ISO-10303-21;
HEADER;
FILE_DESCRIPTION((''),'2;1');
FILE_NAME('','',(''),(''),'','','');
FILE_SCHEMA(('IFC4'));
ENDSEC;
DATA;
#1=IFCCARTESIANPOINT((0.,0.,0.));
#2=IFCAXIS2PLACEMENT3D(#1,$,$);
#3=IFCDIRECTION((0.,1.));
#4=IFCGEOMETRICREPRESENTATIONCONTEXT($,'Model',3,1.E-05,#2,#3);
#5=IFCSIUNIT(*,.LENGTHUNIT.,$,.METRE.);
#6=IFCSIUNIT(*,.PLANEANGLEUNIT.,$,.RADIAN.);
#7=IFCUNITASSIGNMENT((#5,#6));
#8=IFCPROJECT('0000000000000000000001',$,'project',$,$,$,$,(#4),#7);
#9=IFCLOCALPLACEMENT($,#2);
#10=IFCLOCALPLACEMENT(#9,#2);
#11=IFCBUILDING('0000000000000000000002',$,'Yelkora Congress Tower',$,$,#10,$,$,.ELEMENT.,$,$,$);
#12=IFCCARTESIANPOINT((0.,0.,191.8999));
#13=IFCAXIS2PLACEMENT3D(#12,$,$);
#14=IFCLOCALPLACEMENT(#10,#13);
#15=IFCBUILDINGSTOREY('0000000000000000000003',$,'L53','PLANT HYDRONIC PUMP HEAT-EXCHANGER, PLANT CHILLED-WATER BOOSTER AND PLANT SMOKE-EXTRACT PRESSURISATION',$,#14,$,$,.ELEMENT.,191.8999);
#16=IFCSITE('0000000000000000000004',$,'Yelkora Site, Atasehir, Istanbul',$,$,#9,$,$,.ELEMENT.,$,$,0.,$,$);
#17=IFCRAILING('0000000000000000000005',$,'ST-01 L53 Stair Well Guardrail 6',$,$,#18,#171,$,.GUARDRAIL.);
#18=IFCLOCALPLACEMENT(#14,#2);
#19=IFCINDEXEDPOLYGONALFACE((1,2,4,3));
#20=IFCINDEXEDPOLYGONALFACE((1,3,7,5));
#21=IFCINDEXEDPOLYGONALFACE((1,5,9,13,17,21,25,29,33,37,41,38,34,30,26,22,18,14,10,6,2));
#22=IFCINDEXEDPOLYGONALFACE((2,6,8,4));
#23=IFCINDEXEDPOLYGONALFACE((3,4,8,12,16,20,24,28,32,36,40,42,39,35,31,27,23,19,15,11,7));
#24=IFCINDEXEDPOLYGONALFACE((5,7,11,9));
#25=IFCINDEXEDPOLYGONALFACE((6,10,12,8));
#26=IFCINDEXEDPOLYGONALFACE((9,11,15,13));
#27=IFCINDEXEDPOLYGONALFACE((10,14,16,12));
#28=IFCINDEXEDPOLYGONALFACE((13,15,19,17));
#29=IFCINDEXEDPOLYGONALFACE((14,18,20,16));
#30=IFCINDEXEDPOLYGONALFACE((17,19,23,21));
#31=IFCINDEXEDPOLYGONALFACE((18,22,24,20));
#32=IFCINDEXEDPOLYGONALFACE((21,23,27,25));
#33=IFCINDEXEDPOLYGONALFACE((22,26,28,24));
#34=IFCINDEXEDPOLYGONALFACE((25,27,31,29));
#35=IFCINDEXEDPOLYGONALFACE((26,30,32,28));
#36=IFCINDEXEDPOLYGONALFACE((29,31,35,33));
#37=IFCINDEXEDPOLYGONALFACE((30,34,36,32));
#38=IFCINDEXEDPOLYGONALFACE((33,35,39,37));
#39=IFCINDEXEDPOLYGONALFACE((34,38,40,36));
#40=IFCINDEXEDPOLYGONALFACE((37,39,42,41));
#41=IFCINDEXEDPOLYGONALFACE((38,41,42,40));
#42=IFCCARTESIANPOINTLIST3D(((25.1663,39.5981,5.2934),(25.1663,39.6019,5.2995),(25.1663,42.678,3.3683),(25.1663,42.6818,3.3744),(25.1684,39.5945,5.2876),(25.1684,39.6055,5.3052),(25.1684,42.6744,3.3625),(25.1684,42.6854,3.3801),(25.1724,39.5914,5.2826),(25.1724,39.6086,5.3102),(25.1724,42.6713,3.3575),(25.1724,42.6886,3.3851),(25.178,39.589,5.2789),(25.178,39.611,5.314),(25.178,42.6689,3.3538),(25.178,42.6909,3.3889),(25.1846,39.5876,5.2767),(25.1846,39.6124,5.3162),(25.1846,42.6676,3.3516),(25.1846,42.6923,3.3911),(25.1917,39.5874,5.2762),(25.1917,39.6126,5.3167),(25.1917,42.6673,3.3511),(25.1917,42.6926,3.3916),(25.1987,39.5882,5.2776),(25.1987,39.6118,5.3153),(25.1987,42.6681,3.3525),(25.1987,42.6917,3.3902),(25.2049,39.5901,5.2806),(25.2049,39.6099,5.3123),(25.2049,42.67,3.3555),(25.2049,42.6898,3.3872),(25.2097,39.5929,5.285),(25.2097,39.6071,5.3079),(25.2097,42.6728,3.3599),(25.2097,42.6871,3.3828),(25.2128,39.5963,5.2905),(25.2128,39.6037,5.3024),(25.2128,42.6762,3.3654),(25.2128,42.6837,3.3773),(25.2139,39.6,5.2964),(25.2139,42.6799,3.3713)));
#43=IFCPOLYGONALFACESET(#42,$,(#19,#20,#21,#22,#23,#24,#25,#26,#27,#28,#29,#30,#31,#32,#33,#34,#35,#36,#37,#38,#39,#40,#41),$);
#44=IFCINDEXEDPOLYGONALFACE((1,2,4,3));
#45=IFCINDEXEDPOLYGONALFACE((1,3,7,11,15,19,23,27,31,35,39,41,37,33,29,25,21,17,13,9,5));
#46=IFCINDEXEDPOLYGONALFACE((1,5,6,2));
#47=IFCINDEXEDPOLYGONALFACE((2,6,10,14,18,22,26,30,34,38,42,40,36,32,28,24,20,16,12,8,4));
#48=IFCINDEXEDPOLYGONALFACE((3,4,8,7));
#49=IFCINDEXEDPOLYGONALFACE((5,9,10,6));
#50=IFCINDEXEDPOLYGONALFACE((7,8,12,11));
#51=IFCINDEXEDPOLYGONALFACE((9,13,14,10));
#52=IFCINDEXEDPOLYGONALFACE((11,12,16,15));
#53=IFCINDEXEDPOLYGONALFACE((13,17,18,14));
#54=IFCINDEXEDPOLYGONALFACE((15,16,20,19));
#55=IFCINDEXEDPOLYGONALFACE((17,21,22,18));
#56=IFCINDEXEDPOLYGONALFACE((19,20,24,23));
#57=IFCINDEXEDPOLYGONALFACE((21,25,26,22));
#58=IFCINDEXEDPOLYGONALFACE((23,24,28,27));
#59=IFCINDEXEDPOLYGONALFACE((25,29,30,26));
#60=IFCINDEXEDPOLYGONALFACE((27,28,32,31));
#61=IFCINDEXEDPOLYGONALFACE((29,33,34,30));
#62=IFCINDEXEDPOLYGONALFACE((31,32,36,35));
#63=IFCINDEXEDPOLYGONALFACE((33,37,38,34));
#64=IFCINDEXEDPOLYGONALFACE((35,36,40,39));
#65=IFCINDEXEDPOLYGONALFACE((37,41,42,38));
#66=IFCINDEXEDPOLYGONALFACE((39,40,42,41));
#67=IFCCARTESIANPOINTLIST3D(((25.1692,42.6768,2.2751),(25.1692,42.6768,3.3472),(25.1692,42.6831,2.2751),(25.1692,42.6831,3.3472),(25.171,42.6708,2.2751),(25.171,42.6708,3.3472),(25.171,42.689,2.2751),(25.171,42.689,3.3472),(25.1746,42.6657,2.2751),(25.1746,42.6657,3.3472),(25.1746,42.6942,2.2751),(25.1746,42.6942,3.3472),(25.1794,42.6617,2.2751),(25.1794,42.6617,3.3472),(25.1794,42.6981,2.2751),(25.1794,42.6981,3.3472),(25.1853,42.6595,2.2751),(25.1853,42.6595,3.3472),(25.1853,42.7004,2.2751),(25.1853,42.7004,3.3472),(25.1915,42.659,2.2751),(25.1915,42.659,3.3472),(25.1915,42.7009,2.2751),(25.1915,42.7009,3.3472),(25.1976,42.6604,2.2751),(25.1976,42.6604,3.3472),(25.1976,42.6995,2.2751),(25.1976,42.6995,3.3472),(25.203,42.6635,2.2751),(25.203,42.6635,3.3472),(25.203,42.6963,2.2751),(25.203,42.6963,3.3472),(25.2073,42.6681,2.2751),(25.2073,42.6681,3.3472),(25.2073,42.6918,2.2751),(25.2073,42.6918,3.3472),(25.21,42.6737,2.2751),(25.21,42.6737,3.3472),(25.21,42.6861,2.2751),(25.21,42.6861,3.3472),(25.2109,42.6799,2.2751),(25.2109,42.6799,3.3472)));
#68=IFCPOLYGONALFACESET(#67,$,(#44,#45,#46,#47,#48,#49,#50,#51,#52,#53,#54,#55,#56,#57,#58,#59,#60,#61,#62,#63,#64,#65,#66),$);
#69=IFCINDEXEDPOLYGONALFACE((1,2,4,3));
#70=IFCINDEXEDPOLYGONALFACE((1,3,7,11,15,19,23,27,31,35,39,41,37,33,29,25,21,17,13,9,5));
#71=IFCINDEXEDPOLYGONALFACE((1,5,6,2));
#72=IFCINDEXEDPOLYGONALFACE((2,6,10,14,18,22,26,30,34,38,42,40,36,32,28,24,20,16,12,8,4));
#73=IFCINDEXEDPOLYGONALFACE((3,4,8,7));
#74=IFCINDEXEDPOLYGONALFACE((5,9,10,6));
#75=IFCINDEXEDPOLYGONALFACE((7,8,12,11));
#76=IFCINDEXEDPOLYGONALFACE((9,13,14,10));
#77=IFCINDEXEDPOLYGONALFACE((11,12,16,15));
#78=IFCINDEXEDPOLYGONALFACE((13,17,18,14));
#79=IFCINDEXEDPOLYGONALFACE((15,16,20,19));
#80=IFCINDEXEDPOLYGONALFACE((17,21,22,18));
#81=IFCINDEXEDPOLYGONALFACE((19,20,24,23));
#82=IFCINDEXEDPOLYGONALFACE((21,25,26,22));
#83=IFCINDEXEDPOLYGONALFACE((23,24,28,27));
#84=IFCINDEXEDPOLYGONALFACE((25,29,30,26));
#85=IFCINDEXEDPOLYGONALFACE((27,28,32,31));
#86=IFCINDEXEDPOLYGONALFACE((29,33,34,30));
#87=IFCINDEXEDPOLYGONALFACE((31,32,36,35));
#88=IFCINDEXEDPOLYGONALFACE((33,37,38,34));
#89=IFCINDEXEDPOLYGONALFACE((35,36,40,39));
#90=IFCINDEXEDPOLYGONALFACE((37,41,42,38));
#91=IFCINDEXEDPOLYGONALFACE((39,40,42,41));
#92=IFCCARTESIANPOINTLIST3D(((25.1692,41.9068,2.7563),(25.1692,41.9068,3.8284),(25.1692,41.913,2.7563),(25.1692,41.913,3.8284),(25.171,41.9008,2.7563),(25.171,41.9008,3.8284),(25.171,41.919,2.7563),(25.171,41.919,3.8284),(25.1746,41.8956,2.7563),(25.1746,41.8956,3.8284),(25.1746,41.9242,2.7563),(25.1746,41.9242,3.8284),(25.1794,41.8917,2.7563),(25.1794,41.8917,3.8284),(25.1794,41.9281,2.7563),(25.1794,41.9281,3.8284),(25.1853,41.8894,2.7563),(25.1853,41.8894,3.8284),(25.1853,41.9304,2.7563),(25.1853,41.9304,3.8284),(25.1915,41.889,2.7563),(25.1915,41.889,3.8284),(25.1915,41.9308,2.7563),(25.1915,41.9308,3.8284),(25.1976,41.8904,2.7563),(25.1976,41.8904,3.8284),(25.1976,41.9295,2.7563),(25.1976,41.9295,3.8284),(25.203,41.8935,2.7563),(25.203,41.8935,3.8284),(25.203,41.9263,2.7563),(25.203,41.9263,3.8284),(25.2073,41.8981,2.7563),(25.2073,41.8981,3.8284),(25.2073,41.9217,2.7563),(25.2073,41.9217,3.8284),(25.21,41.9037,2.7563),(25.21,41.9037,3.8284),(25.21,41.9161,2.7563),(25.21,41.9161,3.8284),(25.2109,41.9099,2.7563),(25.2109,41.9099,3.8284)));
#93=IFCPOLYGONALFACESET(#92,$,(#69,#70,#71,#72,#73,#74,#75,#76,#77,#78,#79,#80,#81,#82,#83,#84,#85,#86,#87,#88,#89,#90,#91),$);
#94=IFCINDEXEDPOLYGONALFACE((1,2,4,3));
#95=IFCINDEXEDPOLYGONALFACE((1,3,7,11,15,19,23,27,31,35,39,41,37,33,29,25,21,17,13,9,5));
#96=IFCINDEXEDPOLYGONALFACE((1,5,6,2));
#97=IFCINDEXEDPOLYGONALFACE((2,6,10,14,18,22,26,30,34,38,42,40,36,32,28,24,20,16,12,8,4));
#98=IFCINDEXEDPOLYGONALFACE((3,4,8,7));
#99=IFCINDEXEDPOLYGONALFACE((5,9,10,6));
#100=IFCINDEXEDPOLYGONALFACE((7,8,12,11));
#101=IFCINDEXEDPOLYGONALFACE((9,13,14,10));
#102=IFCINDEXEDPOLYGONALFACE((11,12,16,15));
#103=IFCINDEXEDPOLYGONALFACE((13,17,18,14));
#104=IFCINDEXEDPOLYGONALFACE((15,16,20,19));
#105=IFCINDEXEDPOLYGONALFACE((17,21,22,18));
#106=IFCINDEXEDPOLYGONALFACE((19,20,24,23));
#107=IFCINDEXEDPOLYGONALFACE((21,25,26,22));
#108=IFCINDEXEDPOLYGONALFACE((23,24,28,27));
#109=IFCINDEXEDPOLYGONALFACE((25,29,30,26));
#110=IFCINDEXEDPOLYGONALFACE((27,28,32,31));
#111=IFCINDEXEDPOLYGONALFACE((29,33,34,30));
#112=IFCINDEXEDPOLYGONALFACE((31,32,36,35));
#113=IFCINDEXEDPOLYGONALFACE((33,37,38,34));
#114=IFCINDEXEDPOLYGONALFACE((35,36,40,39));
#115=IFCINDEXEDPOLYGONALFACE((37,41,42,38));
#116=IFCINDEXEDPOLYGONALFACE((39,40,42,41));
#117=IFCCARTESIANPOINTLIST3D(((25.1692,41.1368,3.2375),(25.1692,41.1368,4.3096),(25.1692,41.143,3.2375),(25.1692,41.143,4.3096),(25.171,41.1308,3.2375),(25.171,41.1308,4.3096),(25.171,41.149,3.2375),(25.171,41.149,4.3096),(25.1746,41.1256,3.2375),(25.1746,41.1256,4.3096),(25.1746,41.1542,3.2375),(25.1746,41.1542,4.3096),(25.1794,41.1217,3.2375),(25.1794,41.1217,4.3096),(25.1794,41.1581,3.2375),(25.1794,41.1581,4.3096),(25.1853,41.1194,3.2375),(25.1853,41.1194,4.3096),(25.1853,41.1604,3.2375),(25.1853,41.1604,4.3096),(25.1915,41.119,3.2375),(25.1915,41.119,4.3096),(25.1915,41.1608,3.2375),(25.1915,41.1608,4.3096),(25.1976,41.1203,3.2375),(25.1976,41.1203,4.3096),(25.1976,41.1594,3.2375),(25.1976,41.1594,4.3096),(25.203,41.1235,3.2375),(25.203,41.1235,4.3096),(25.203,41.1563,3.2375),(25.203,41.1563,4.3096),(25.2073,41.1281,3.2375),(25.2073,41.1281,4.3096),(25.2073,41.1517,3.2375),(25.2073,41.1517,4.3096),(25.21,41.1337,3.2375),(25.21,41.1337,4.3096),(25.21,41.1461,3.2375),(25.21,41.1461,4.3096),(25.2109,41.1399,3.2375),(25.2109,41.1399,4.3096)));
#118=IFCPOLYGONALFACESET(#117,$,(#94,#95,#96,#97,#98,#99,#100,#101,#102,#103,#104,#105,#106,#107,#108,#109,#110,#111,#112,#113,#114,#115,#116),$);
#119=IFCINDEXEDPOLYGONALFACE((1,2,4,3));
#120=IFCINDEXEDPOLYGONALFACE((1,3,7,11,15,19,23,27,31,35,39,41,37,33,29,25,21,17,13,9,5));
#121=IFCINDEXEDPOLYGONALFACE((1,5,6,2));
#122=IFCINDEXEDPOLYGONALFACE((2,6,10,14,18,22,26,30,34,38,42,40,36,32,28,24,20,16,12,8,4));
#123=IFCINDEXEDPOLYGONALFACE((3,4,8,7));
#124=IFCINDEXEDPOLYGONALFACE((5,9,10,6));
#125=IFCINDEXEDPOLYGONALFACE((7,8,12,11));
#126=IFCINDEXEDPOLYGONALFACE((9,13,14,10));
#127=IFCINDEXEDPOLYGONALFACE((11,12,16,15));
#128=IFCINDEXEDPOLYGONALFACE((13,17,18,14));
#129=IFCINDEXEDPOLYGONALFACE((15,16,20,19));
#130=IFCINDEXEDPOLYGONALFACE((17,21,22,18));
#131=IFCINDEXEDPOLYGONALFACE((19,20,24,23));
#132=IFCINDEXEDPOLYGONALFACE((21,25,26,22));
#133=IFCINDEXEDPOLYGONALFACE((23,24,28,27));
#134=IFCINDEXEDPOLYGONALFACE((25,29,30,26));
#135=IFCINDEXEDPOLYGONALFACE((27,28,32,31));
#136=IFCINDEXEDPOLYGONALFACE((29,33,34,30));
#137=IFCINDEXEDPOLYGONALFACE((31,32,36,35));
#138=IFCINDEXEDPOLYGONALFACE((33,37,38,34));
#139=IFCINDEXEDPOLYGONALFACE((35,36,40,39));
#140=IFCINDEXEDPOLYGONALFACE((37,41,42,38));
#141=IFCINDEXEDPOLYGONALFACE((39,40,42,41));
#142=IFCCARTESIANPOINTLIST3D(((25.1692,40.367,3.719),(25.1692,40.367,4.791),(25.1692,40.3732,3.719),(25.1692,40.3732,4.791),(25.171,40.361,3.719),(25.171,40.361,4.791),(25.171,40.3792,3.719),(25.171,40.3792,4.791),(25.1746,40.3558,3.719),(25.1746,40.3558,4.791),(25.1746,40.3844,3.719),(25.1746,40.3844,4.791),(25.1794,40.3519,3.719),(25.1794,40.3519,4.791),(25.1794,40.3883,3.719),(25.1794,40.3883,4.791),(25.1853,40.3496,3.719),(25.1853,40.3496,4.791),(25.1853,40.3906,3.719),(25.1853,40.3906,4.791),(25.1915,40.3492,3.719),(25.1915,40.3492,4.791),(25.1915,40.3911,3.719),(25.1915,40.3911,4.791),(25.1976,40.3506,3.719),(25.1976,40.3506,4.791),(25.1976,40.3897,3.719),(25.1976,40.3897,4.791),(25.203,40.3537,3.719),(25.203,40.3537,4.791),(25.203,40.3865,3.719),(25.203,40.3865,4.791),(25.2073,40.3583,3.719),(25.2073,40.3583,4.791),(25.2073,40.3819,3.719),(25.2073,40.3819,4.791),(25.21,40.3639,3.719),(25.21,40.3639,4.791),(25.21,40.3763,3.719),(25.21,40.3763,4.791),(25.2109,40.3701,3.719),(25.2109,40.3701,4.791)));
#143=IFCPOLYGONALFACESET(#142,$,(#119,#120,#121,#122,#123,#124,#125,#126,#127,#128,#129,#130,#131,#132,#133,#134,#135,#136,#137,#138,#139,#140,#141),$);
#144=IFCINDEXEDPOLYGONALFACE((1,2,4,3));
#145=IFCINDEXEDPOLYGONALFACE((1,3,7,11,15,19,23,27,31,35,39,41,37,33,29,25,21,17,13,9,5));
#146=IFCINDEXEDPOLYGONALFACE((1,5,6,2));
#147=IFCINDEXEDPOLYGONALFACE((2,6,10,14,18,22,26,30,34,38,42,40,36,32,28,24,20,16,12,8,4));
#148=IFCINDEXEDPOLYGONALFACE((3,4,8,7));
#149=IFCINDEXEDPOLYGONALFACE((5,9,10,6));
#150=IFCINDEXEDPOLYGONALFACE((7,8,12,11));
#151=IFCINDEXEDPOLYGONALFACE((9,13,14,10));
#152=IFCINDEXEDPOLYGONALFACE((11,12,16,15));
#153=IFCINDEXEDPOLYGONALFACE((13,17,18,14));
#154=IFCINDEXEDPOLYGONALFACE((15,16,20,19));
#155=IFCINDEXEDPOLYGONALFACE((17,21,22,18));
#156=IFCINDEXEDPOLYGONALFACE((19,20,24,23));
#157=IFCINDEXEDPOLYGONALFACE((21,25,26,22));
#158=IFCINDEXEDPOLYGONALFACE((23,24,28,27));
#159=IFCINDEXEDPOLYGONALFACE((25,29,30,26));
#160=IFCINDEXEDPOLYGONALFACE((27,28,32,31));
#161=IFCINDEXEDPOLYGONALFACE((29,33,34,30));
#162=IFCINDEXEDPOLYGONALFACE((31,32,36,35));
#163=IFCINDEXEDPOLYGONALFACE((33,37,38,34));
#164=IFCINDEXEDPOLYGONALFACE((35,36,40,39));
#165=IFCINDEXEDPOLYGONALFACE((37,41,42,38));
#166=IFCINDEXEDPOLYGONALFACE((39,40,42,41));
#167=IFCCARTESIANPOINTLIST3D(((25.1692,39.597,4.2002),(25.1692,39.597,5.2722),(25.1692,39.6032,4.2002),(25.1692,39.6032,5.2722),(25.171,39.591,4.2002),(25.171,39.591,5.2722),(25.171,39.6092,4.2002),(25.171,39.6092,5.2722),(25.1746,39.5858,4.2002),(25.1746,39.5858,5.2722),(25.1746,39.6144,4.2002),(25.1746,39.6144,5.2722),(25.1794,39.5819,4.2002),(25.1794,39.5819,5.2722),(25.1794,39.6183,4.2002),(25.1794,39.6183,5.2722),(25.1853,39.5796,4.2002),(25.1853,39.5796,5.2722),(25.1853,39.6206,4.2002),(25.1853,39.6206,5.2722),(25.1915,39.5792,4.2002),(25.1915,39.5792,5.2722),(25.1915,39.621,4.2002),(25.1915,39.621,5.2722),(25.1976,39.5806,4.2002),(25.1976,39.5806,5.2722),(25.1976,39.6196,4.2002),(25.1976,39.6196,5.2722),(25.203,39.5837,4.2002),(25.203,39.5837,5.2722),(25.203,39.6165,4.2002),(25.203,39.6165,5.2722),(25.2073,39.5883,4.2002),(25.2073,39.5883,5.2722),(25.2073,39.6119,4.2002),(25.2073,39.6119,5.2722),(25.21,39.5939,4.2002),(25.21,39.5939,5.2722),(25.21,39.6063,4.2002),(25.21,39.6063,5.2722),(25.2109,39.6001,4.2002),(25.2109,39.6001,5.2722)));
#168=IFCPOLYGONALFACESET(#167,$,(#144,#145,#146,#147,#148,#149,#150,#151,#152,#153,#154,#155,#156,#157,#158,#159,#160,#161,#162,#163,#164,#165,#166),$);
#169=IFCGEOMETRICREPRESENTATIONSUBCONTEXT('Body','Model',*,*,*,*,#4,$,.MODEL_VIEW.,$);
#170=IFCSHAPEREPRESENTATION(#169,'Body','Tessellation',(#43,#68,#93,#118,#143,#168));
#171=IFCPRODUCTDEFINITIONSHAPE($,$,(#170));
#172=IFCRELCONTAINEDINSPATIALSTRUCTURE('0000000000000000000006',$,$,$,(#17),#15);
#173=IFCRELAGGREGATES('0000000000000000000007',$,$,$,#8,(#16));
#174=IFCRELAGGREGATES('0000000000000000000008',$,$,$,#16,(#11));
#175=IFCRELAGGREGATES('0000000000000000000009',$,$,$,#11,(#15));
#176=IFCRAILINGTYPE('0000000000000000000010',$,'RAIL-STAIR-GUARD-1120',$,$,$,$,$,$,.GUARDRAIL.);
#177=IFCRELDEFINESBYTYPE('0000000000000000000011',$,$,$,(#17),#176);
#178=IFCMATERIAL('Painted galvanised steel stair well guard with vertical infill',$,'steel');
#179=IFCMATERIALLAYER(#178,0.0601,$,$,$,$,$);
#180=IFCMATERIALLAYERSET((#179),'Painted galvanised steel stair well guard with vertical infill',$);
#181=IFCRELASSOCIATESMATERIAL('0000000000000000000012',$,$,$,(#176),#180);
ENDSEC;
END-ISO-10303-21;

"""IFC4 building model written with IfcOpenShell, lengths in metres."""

from ifc_helpers import new_model, si_unit, direction, frame, origin, origin_2d, place, context, subcontext, project, spatial, circle, extrude, material, layer, layer_set, type_object, element, save


model = new_model("IFC4")

# Units and contexts
model_context = context("Model", 3, precision=1e-05, world=origin(), true_north=direction((0.0, 1.0)))
body_context = subcontext(model_context, "Body", "Model", "MODEL_VIEW")
ifc_project = project(units=[si_unit("LENGTHUNIT", "METRE"), si_unit("PLANEANGLEUNIT", "RADIAN")], contexts=[model_context])

# Site, building, storey
site_placement = place(None, origin())
site = spatial("IfcSite", under=ifc_project, at=site_placement, Name="Yelkora Site, Atasehir, Istanbul", CompositionType="ELEMENT", RefElevation=0.0)
building_placement = place(site_placement, origin())
building = spatial("IfcBuilding", under=site, at=building_placement, Name="Yelkora Congress Tower", CompositionType="ELEMENT")
storey_placement = place(building_placement, frame((0.0, 0.0, 191.8999)))
storey = spatial("IfcBuildingStorey", under=building, at=storey_placement, Name="L53", Description="PLANT HYDRONIC PUMP HEAT-EXCHANGER, PLANT CHILLED-WATER BOOSTER AND PLANT SMOKE-EXTRACT PRESSURISATION", CompositionType="ELEMENT", Elevation=191.8999)

# Railing
ifc_material_1 = material(Name="Painted galvanised steel stair well guard with vertical infill", Category="steel")
ifc_layer_1 = layer(ifc_material_1, 0.0601)
ifc_layer_set_1 = layer_set([ifc_layer_1], Name="Painted galvanised steel stair well guard with vertical infill")
railing_type_1 = type_object("IfcRailingType", Name="RAIL-STAIR-GUARD-1120", PredefinedType="GUARDRAIL", material=ifc_layer_set_1)
railing_1_placement = place(storey_placement, frame((25.1899, 42.6799, 2.2751)))
element("IfcRailing", 1, at=railing_1_placement, inside=storey, type_object=railing_type_1, Name="ST-01 L53 Stair Well Guardrail 6", PredefinedType="GUARDRAIL", context=body_context, shape_type="SweptSolid", body=[
    extrude(circle(Radius=0.0239, at=origin_2d()), frame((0.0, 0.0, 1.0962), z_axis=(0.0, -0.847979, 0.530029), x_axis=(1.0, 0.0, 0.0)), (0.0, 0.0, 1.0), 3.6321),
    extrude(circle(Radius=0.021, at=origin_2d()), origin(), (0.0, 0.0, 1.0), 1.072),
    extrude(circle(Radius=0.021, at=origin_2d()), frame((0.0, -0.77, 0.4812)), (0.0, 0.0, 1.0), 1.072),
    extrude(circle(Radius=0.021, at=origin_2d()), frame((0.0, -1.54, 0.9624)), (0.0, 0.0, 1.0), 1.072),
    extrude(circle(Radius=0.021, at=origin_2d()), frame((0.0, -2.3098, 1.4438)), (0.0, 0.0, 1.0), 1.072),
    extrude(circle(Radius=0.021, at=origin_2d()), frame((0.0, -3.0798, 1.925)), (0.0, 0.0, 1.0), 1.072),
])

save(model, "model.ifc")
